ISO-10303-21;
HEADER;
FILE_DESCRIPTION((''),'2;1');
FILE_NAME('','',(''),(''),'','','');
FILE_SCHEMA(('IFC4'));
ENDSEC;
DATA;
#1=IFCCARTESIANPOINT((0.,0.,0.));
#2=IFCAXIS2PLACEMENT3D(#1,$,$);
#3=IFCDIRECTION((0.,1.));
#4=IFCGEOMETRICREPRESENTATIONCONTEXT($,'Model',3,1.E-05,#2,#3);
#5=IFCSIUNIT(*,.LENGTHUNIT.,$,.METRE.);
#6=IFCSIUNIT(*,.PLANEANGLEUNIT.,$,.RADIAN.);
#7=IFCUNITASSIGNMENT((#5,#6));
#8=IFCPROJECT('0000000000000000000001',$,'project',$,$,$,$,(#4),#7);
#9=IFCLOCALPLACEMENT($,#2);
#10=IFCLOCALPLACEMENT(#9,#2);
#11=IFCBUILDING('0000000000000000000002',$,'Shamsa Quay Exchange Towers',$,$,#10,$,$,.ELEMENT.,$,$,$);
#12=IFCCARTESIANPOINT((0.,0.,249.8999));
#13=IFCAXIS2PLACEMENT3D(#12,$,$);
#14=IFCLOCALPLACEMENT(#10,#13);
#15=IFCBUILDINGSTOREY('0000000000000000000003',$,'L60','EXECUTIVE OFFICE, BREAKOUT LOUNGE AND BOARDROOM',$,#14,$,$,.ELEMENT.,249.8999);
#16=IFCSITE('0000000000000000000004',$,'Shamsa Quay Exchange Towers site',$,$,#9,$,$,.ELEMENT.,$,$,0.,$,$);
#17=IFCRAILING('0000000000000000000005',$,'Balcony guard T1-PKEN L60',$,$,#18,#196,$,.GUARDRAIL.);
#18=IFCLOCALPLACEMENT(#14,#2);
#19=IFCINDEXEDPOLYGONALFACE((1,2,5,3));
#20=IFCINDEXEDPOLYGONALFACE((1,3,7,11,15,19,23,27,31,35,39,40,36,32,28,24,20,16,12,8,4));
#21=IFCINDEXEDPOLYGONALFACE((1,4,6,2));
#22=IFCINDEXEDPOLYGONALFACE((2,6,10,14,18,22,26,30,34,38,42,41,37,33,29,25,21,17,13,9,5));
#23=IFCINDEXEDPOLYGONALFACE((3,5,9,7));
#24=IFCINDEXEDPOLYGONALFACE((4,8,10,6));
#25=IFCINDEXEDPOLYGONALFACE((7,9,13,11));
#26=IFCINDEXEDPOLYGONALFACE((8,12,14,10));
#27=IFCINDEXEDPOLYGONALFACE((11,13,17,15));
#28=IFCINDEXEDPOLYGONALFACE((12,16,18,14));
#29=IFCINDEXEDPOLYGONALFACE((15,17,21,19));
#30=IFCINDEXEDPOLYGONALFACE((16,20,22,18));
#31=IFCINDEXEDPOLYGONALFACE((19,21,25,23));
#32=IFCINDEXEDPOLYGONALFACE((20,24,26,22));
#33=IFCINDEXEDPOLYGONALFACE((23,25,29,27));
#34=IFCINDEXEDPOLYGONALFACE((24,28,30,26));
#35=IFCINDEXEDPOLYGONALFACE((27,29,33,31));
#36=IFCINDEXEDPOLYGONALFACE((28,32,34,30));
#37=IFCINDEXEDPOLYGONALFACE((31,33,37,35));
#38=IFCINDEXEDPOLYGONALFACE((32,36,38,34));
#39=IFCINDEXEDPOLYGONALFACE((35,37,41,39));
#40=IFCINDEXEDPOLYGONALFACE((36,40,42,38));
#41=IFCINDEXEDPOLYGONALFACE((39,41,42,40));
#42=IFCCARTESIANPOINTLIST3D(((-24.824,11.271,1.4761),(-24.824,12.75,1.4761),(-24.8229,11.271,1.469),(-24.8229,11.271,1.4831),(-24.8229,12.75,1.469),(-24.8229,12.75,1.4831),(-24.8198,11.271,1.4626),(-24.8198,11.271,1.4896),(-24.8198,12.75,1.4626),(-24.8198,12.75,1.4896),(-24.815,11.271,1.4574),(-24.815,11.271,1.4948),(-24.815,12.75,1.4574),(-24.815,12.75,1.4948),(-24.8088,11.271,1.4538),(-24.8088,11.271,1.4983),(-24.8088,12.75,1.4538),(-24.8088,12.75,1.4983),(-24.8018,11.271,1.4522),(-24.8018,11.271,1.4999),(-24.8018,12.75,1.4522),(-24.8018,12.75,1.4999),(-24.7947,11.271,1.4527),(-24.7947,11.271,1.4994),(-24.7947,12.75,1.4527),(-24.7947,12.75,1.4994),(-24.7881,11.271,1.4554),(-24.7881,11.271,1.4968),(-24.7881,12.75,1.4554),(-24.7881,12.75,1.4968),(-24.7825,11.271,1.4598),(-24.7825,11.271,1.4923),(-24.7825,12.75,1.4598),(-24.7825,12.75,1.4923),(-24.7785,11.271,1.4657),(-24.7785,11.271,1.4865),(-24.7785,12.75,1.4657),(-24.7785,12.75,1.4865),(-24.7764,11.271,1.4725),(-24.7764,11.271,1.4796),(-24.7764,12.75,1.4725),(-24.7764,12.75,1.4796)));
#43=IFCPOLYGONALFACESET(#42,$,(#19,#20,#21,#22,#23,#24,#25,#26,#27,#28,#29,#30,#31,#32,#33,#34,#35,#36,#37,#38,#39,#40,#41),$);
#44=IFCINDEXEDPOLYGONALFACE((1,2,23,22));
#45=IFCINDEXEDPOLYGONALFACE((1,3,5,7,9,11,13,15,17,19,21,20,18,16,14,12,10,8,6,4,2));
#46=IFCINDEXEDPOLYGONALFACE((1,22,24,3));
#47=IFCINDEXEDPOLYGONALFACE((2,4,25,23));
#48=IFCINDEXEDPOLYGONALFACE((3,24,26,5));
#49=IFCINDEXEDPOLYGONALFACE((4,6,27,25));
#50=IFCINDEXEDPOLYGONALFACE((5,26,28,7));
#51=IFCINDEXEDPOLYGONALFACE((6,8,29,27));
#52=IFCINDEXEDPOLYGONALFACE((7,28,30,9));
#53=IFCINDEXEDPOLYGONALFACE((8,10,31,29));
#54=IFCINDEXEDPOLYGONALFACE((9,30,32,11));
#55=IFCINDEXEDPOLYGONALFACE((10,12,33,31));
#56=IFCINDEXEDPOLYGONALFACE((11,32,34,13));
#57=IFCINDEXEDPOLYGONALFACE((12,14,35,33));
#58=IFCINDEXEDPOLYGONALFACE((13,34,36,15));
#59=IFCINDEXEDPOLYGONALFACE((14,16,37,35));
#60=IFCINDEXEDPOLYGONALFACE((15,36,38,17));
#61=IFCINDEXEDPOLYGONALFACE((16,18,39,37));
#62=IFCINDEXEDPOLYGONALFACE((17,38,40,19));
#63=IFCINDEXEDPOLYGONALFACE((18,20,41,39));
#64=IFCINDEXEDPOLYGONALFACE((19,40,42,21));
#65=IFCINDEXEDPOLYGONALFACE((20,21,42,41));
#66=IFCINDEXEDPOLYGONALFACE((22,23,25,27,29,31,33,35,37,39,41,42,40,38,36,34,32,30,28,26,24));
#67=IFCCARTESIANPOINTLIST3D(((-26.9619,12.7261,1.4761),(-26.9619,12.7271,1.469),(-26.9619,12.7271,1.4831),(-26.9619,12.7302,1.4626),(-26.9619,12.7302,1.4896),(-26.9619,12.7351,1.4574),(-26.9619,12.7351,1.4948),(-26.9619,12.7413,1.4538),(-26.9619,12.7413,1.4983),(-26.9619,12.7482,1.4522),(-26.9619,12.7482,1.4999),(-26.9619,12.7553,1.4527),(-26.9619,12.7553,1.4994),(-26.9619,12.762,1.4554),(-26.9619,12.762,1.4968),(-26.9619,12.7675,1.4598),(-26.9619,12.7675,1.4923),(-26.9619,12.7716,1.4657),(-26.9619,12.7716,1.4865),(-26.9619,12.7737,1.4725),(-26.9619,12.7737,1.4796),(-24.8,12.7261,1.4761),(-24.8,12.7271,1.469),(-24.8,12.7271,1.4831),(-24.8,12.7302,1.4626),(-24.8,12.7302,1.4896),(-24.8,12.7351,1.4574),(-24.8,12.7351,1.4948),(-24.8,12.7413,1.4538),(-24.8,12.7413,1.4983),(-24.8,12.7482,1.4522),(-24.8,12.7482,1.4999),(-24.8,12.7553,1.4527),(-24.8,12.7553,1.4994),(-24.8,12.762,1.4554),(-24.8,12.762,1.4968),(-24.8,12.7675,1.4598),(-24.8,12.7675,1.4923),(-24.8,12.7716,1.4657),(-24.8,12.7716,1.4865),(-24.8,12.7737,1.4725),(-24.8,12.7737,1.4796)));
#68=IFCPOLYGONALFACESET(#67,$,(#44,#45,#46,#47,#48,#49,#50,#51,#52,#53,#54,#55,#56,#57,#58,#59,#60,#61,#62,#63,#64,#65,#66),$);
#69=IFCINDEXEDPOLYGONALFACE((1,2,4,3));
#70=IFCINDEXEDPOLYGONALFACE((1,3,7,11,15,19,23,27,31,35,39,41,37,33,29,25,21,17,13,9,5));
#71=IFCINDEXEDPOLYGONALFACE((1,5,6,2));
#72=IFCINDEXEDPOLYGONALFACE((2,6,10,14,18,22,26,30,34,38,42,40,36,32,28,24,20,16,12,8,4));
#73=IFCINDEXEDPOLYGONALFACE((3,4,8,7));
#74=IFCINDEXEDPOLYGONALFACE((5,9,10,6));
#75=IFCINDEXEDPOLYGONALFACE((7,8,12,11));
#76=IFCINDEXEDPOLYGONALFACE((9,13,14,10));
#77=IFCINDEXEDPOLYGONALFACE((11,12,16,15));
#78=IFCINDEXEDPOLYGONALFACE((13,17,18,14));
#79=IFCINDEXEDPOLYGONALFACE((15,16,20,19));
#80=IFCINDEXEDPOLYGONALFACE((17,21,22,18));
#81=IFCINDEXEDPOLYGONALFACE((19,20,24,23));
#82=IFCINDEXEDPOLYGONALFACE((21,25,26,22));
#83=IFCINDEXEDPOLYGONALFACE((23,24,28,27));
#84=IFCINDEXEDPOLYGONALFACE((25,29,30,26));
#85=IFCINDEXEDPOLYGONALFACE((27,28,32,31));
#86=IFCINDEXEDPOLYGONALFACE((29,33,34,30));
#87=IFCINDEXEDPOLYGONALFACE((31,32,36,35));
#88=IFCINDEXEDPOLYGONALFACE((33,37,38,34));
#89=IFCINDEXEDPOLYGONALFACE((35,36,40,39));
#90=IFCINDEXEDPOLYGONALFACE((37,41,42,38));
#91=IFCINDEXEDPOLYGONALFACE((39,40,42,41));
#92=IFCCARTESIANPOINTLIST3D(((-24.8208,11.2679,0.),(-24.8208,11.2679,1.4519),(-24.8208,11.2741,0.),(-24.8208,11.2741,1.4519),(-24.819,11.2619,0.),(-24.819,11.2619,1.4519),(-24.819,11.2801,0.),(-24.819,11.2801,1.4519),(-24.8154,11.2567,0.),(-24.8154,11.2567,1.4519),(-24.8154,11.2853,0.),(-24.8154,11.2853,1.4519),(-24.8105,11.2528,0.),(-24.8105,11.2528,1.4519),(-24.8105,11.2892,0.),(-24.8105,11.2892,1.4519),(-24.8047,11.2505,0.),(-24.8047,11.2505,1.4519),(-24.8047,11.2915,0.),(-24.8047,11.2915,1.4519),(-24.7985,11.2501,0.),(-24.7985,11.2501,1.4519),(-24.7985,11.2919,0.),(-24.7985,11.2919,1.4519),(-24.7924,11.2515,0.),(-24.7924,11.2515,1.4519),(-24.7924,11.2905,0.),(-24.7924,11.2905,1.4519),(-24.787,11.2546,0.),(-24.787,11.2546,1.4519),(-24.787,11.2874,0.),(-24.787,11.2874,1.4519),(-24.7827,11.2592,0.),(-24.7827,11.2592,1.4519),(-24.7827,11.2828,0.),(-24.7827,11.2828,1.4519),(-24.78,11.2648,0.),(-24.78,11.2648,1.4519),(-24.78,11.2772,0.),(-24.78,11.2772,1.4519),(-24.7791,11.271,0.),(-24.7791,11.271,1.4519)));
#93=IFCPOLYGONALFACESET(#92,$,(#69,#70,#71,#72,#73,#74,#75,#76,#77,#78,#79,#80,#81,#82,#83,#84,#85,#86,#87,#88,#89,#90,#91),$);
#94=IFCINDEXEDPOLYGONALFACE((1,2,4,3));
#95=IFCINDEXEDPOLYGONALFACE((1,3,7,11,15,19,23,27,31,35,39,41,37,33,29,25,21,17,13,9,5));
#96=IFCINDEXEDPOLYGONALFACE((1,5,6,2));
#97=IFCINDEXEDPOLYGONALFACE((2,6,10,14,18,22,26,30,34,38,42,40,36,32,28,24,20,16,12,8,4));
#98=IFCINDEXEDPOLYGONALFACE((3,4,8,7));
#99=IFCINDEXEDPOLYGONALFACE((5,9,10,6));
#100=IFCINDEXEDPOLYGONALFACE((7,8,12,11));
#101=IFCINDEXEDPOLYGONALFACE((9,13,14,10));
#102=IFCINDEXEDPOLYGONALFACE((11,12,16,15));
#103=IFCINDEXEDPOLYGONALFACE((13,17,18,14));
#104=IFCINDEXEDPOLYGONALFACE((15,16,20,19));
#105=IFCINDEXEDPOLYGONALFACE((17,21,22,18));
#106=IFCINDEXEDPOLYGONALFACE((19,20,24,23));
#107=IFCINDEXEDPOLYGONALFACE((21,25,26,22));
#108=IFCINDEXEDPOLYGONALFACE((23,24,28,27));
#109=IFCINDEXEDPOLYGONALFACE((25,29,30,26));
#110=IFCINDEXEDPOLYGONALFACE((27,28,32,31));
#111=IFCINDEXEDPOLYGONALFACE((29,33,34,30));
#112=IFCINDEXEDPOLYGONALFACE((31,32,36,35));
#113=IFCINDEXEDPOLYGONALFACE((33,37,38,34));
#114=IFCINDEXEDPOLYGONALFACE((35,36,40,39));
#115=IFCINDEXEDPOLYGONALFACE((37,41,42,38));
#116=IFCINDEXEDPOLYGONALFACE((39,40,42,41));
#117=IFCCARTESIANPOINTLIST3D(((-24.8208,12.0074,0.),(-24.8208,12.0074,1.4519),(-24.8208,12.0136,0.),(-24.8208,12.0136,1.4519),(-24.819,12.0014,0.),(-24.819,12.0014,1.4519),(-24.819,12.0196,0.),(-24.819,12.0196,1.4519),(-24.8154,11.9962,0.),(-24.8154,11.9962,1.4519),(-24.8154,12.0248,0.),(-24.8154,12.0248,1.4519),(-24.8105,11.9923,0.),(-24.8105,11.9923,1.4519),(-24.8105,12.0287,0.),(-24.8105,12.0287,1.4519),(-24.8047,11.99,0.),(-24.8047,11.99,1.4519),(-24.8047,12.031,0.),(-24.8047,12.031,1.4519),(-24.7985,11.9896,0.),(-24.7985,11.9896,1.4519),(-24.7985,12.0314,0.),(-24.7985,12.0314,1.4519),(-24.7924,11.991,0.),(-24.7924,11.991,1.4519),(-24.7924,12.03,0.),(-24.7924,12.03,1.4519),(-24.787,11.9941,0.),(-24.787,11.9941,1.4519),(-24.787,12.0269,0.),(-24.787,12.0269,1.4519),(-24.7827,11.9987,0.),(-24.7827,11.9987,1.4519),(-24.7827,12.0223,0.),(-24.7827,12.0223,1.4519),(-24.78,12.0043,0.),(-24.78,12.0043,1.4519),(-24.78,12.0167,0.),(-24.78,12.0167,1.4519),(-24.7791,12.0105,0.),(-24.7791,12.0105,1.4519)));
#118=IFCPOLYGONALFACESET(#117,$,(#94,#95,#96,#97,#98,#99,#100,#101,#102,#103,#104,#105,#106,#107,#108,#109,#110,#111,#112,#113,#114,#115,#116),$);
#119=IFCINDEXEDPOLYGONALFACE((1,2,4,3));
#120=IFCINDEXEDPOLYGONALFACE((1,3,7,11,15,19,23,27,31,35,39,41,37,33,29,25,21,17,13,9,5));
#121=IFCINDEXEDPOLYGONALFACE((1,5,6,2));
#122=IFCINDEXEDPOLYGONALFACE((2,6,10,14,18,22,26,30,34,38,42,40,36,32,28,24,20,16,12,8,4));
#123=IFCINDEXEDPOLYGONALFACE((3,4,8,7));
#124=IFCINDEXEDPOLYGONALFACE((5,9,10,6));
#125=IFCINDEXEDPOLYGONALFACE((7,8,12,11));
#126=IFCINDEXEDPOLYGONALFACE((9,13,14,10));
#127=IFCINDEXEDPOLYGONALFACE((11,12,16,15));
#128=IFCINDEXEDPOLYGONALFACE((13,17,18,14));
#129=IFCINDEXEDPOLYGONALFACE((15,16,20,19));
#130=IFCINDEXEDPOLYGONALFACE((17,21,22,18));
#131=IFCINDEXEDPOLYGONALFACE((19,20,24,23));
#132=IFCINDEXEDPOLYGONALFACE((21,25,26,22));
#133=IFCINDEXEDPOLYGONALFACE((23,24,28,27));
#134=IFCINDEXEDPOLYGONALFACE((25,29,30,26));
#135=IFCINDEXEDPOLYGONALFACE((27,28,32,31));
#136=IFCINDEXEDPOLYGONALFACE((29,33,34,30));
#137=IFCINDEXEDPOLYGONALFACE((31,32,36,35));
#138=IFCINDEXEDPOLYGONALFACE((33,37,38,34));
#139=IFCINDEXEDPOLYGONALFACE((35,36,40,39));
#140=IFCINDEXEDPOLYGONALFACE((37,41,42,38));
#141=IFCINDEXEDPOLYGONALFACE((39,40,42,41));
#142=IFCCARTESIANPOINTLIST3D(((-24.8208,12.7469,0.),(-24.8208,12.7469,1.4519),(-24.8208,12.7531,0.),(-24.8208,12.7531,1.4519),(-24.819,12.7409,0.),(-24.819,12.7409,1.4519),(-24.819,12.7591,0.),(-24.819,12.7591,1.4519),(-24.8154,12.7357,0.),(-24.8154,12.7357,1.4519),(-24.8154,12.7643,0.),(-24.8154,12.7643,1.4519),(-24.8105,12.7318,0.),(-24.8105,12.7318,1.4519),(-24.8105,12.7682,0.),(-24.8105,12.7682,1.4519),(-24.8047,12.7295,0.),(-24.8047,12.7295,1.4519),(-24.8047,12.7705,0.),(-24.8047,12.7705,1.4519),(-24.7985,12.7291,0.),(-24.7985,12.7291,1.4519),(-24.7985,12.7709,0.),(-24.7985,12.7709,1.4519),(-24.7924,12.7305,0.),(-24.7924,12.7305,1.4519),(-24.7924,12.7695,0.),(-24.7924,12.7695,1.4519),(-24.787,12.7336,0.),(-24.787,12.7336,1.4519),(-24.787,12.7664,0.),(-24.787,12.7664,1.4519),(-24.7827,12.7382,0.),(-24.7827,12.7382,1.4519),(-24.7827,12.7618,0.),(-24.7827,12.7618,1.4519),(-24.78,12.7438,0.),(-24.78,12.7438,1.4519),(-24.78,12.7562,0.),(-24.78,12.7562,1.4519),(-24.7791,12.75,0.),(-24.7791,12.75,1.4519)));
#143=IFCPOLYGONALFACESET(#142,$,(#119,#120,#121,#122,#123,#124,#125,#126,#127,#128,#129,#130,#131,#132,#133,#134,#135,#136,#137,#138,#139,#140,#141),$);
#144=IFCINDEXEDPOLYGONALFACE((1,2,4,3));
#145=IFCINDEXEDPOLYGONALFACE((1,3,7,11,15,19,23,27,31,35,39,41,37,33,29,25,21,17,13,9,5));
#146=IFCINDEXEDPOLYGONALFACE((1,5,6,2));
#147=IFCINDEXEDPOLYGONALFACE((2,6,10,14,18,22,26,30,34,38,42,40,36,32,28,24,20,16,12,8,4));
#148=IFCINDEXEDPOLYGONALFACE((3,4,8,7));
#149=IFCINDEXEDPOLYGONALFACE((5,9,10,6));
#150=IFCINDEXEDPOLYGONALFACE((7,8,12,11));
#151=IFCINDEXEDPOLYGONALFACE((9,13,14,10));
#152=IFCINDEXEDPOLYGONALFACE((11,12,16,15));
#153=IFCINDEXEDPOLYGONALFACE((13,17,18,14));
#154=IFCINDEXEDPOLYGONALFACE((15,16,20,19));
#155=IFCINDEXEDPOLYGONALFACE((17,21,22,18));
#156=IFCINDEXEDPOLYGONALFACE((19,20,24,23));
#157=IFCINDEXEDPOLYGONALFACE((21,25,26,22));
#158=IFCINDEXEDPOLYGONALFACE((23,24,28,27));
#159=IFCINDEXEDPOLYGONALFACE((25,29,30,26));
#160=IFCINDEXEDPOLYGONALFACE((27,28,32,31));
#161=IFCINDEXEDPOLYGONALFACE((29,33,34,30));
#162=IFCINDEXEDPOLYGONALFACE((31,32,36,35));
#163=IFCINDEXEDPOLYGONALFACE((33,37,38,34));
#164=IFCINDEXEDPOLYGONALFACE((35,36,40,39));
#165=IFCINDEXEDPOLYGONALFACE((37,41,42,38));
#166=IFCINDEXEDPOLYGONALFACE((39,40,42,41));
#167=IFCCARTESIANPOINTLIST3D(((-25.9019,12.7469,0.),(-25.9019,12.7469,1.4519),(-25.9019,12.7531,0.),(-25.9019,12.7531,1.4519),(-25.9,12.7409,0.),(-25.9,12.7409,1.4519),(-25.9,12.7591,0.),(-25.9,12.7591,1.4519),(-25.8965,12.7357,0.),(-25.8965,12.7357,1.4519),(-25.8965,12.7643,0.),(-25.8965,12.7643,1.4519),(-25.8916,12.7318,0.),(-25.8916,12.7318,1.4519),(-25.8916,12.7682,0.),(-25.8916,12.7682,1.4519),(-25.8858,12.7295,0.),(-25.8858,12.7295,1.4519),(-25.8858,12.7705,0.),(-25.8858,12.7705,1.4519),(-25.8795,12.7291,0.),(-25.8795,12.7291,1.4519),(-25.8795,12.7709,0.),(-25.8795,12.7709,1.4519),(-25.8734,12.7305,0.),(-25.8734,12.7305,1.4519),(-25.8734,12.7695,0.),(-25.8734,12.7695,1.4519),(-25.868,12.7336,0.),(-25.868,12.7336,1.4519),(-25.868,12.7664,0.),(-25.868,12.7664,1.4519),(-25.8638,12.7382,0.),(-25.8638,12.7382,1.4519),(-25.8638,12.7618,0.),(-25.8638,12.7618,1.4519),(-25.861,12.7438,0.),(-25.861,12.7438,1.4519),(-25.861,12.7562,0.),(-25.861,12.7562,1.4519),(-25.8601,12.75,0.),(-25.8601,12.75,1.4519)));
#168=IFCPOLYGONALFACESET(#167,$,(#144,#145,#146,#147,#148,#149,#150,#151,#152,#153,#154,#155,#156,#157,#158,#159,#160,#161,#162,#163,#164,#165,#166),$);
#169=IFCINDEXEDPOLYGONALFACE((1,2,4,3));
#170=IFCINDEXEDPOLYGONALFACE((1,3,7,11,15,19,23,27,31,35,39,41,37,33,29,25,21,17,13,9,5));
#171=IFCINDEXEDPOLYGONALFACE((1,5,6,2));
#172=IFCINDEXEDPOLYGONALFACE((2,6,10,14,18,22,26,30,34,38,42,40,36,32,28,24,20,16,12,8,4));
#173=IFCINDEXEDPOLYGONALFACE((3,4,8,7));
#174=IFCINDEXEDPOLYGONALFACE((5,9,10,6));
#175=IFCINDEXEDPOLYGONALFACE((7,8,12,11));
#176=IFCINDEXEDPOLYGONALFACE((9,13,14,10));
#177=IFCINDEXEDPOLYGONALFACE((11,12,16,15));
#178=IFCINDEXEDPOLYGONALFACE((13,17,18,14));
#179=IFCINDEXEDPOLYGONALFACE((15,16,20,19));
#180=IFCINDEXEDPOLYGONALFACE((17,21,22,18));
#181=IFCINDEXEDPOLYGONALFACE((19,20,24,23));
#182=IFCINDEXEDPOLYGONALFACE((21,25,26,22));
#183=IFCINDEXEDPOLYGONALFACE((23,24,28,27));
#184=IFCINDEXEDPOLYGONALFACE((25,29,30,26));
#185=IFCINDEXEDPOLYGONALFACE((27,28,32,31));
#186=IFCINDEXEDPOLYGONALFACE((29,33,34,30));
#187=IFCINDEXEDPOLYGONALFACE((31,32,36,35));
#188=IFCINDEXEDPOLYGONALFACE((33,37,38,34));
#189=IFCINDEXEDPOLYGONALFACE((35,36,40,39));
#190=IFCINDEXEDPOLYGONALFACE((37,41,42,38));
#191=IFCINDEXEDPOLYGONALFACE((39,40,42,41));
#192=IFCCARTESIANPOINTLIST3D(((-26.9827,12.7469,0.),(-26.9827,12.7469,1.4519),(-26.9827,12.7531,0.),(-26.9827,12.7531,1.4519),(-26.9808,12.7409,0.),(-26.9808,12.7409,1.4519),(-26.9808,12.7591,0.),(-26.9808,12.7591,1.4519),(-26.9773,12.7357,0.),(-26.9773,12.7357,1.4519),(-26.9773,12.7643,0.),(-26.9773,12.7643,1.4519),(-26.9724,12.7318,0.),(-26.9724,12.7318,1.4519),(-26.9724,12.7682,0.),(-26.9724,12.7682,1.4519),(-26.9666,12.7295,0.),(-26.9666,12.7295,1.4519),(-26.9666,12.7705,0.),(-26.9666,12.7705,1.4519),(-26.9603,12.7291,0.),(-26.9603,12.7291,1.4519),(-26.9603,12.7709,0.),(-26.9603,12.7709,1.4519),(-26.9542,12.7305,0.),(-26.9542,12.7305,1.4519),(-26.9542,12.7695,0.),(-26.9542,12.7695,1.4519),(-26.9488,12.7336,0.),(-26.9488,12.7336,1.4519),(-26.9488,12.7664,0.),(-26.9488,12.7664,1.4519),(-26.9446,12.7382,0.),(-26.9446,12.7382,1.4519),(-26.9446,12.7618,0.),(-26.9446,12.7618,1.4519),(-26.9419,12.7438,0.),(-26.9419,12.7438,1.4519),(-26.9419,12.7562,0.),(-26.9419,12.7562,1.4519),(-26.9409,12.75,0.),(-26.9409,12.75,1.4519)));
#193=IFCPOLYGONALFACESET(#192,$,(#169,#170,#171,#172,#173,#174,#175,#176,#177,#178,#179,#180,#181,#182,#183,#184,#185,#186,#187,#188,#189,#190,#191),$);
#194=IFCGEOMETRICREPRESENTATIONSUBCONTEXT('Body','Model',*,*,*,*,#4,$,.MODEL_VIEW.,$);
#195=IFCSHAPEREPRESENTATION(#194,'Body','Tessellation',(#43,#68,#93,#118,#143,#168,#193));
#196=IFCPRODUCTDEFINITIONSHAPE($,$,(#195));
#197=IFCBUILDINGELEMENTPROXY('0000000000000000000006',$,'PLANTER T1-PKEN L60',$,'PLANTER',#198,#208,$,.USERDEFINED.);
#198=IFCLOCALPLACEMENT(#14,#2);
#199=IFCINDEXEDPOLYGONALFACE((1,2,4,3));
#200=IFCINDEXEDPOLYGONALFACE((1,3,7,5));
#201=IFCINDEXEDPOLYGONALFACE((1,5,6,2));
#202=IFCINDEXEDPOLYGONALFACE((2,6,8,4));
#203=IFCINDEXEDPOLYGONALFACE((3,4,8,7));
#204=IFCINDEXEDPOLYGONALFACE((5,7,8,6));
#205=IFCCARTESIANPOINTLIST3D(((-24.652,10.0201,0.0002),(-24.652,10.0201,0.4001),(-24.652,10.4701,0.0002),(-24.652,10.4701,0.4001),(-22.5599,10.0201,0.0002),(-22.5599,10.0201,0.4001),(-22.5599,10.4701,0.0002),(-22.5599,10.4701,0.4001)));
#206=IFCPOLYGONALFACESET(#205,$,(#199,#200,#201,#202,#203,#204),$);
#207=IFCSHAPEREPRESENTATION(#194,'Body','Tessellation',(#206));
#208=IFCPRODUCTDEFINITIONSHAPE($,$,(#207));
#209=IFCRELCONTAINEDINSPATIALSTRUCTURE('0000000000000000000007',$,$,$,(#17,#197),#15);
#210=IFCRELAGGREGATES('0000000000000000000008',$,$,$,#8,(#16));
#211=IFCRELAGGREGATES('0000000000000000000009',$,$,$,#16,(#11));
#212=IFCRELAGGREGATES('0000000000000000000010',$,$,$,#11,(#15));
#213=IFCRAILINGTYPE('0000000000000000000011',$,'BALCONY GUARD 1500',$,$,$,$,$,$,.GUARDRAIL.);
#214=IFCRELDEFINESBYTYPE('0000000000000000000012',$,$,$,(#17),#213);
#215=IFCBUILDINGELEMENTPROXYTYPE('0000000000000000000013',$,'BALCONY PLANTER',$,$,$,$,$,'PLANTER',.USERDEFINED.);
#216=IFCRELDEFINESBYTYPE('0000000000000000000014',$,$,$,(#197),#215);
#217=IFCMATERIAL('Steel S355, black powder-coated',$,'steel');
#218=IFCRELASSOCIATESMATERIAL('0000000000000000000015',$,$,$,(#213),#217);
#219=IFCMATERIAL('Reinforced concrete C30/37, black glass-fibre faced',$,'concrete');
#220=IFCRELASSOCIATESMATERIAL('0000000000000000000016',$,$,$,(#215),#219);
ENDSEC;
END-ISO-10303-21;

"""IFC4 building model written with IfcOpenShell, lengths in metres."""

from ifc_helpers import new_model, si_unit, direction, frame, origin, origin_2d, place, context, subcontext, project, spatial, rectangle, circle, extrude, material, type_object, element, save


model = new_model("IFC4")

# Units and contexts
model_context = context("Model", 3, precision=1e-05, world=origin(), true_north=direction((0.0, 1.0)))
body_context = subcontext(model_context, "Body", "Model", "MODEL_VIEW")
ifc_project = project(units=[si_unit("LENGTHUNIT", "METRE"), si_unit("PLANEANGLEUNIT", "RADIAN")], contexts=[model_context])

# Site, building, storey
site_placement = place(None, origin())
site = spatial("IfcSite", under=ifc_project, at=site_placement, Name="Shamsa Quay Exchange Towers site", CompositionType="ELEMENT", RefElevation=0.0)
building_placement = place(site_placement, origin())
building = spatial("IfcBuilding", under=site, at=building_placement, Name="Shamsa Quay Exchange Towers", CompositionType="ELEMENT")
storey_placement = place(building_placement, frame((0.0, 0.0, 249.8999)))
storey = spatial("IfcBuildingStorey", under=building, at=storey_placement, Name="L60", Description="EXECUTIVE OFFICE, BREAKOUT LOUNGE AND BOARDROOM", CompositionType="ELEMENT", Elevation=249.8999)

# Railing
ifc_material_1 = material(Name="Steel S355, black powder-coated", Category="steel")
railing_type = type_object("IfcRailingType", Name="BALCONY GUARD 1500", PredefinedType="GUARDRAIL", material=ifc_material_1)
for number, where, name in (
    (1, (-24.8, 11.271, 0.0), "Balcony guard T1-PKEN L60"),
):
    element("IfcRailing", number, at=place(storey_placement, frame(where)), inside=storey, type_object=railing_type, Name=name, PredefinedType="GUARDRAIL", context=body_context, shape_type="SweptSolid", body=[
        extrude(circle(Radius=0.0239, at=origin_2d()), frame((0.0, 0.0, 1.4761), z_axis=(0.0, 1.0, 0.0), x_axis=(-1.0, 0.0, 0.0)), (0.0, 0.0, 1.0), 1.479),
        extrude(circle(Radius=0.0239, at=origin_2d()), frame((0.0, 1.479, 1.4761), z_axis=(-1.0, 0.0, 0.0), x_axis=(0.0, -1.0, 0.0)), (0.0, 0.0, 1.0), 2.1619),
        extrude(circle(Radius=0.021, at=origin_2d()), origin(), (0.0, 0.0, 1.0), 1.4519),
        extrude(circle(Radius=0.021, at=origin_2d()), frame((0.0, 0.7395, 0.0)), (0.0, 0.0, 1.0), 1.4519),
        extrude(circle(Radius=0.021, at=origin_2d()), frame((0.0, 1.479, 0.0)), (0.0, 0.0, 1.0), 1.4519),
        extrude(circle(Radius=0.021, at=origin_2d()), frame((-1.0811, 1.479, 0.0)), (0.0, 0.0, 1.0), 1.4519),
        extrude(circle(Radius=0.021, at=origin_2d()), frame((-2.1619, 1.479, 0.0)), (0.0, 0.0, 1.0), 1.4519),
    ])

# Building element proxy
ifc_material_2 = material(Name="Reinforced concrete C30/37, black glass-fibre faced", Category="concrete")
building_element_proxy_type = type_object("IfcBuildingElementProxyType", Name="BALCONY PLANTER", ElementType="PLANTER", PredefinedType="USERDEFINED", material=ifc_material_2)
for number, where, z_axis, x_axis, name in (
    (2, (-23.606, 10.2451, 0.0002), (0.0, 0.0, 1.0), (-1.0, 0.0, 0.0), "PLANTER T1-PKEN L60"),
):
    element("IfcBuildingElementProxy", number, at=place(storey_placement, frame(where, z_axis=z_axis, x_axis=x_axis)), inside=storey, type_object=building_element_proxy_type, Name=name, ObjectType="PLANTER", PredefinedType="USERDEFINED", context=body_context, shape_type="SweptSolid", body=[
        extrude(rectangle(XDim=2.092, YDim=0.45, at=origin_2d()), origin(), (0.0, 0.0, 1.0), 0.3999),
    ])

save(model, "model.ifc")
